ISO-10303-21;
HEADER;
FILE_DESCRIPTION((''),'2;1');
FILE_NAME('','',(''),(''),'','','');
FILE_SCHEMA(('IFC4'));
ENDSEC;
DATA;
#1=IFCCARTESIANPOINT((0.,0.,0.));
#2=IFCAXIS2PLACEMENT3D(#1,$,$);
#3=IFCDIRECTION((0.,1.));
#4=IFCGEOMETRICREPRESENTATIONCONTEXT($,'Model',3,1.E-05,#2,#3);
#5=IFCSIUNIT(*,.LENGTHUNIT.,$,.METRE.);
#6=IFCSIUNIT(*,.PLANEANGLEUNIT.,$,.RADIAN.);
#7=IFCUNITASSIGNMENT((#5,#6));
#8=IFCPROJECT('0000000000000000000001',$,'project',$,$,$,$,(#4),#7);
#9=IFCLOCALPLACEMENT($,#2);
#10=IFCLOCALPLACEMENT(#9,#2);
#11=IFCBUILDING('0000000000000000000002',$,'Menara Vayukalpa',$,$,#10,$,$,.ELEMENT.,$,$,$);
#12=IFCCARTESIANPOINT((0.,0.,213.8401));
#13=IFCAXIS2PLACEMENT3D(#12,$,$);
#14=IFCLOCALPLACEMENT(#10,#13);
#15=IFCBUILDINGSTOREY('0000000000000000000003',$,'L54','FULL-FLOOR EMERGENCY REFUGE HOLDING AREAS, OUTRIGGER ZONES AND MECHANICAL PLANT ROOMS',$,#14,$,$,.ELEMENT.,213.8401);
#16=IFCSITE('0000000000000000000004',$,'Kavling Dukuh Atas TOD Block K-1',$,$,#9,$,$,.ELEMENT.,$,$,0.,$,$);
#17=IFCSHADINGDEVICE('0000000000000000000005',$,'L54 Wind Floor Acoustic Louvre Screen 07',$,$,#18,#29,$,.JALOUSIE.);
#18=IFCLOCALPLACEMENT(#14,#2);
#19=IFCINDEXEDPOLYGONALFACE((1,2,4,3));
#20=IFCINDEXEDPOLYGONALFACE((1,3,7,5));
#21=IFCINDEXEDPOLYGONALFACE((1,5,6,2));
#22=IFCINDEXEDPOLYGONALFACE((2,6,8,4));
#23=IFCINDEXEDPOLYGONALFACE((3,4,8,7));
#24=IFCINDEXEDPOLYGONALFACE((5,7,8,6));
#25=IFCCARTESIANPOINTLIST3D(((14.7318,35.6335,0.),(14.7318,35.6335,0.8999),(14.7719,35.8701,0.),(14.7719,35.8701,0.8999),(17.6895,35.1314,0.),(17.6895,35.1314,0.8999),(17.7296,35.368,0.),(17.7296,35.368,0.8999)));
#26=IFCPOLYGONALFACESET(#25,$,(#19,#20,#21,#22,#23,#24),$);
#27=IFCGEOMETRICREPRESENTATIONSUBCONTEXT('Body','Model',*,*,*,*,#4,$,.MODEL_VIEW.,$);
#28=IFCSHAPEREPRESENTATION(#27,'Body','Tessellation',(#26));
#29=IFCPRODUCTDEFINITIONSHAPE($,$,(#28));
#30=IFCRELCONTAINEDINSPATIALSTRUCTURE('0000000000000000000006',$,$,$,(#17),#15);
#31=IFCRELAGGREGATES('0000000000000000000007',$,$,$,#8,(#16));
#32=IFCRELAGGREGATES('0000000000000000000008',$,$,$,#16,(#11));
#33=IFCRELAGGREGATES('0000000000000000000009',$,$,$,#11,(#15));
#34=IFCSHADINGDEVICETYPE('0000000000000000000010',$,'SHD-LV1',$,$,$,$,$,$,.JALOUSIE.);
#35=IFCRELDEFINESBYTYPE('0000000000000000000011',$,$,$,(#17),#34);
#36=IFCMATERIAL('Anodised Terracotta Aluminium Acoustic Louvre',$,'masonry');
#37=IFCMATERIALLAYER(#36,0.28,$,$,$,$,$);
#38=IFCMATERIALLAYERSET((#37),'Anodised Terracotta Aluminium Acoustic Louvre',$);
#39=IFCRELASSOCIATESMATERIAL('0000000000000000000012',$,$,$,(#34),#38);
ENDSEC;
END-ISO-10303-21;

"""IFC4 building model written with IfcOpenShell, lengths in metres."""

from ifc_helpers import new_model, si_unit, direction, frame, origin, origin_2d, place, context, subcontext, project, spatial, rectangle, extrude, material, layer, layer_set, type_object, element, save


model = new_model("IFC4")

# Units and contexts
model_context = context("Model", 3, precision=1e-05, world=origin(), true_north=direction((0.0, 1.0)))
body_context = subcontext(model_context, "Body", "Model", "MODEL_VIEW")
ifc_project = project(units=[si_unit("LENGTHUNIT", "METRE"), si_unit("PLANEANGLEUNIT", "RADIAN")], contexts=[model_context])

# Site, building, storey
site_placement = place(None, origin())
site = spatial("IfcSite", under=ifc_project, at=site_placement, Name="Kavling Dukuh Atas TOD Block K-1", CompositionType="ELEMENT", RefElevation=0.0)
building_placement = place(site_placement, origin())
building = spatial("IfcBuilding", under=site, at=building_placement, Name="Menara Vayukalpa", CompositionType="ELEMENT")
storey_placement = place(building_placement, frame((0.0, 0.0, 213.8401)))
storey = spatial("IfcBuildingStorey", under=building, at=storey_placement, Name="L54", Description="FULL-FLOOR EMERGENCY REFUGE HOLDING AREAS, OUTRIGGER ZONES AND MECHANICAL PLANT ROOMS", CompositionType="ELEMENT", Elevation=213.8401)

# Shading device
ifc_material_1 = material(Name="Anodised Terracotta Aluminium Acoustic Louvre", Category="masonry")
ifc_layer_1 = layer(ifc_material_1, 0.28)
ifc_layer_set_1 = layer_set([ifc_layer_1], Name="Anodised Terracotta Aluminium Acoustic Louvre")
shading_device_type = type_object("IfcShadingDeviceType", Name="SHD-LV1", PredefinedType="JALOUSIE", material=ifc_layer_set_1)
shading_device_placement = place(storey_placement, frame((16.2307, 35.5007, 0.0), z_axis=(0.0, 0.0, 1.0), x_axis=(-0.985897, 0.167354, 0.0)))
element("IfcShadingDevice", 1, at=shading_device_placement, inside=storey, type_object=shading_device_type, Name="L54 Wind Floor Acoustic Louvre Screen 07", PredefinedType="JALOUSIE", context=body_context, shape_type="SweptSolid", body=[
    extrude(rectangle(XDim=3.0, YDim=0.24, at=origin_2d()), origin(), (0.0, 0.0, 1.0), 0.8999),
])

save(model, "model.ifc")
